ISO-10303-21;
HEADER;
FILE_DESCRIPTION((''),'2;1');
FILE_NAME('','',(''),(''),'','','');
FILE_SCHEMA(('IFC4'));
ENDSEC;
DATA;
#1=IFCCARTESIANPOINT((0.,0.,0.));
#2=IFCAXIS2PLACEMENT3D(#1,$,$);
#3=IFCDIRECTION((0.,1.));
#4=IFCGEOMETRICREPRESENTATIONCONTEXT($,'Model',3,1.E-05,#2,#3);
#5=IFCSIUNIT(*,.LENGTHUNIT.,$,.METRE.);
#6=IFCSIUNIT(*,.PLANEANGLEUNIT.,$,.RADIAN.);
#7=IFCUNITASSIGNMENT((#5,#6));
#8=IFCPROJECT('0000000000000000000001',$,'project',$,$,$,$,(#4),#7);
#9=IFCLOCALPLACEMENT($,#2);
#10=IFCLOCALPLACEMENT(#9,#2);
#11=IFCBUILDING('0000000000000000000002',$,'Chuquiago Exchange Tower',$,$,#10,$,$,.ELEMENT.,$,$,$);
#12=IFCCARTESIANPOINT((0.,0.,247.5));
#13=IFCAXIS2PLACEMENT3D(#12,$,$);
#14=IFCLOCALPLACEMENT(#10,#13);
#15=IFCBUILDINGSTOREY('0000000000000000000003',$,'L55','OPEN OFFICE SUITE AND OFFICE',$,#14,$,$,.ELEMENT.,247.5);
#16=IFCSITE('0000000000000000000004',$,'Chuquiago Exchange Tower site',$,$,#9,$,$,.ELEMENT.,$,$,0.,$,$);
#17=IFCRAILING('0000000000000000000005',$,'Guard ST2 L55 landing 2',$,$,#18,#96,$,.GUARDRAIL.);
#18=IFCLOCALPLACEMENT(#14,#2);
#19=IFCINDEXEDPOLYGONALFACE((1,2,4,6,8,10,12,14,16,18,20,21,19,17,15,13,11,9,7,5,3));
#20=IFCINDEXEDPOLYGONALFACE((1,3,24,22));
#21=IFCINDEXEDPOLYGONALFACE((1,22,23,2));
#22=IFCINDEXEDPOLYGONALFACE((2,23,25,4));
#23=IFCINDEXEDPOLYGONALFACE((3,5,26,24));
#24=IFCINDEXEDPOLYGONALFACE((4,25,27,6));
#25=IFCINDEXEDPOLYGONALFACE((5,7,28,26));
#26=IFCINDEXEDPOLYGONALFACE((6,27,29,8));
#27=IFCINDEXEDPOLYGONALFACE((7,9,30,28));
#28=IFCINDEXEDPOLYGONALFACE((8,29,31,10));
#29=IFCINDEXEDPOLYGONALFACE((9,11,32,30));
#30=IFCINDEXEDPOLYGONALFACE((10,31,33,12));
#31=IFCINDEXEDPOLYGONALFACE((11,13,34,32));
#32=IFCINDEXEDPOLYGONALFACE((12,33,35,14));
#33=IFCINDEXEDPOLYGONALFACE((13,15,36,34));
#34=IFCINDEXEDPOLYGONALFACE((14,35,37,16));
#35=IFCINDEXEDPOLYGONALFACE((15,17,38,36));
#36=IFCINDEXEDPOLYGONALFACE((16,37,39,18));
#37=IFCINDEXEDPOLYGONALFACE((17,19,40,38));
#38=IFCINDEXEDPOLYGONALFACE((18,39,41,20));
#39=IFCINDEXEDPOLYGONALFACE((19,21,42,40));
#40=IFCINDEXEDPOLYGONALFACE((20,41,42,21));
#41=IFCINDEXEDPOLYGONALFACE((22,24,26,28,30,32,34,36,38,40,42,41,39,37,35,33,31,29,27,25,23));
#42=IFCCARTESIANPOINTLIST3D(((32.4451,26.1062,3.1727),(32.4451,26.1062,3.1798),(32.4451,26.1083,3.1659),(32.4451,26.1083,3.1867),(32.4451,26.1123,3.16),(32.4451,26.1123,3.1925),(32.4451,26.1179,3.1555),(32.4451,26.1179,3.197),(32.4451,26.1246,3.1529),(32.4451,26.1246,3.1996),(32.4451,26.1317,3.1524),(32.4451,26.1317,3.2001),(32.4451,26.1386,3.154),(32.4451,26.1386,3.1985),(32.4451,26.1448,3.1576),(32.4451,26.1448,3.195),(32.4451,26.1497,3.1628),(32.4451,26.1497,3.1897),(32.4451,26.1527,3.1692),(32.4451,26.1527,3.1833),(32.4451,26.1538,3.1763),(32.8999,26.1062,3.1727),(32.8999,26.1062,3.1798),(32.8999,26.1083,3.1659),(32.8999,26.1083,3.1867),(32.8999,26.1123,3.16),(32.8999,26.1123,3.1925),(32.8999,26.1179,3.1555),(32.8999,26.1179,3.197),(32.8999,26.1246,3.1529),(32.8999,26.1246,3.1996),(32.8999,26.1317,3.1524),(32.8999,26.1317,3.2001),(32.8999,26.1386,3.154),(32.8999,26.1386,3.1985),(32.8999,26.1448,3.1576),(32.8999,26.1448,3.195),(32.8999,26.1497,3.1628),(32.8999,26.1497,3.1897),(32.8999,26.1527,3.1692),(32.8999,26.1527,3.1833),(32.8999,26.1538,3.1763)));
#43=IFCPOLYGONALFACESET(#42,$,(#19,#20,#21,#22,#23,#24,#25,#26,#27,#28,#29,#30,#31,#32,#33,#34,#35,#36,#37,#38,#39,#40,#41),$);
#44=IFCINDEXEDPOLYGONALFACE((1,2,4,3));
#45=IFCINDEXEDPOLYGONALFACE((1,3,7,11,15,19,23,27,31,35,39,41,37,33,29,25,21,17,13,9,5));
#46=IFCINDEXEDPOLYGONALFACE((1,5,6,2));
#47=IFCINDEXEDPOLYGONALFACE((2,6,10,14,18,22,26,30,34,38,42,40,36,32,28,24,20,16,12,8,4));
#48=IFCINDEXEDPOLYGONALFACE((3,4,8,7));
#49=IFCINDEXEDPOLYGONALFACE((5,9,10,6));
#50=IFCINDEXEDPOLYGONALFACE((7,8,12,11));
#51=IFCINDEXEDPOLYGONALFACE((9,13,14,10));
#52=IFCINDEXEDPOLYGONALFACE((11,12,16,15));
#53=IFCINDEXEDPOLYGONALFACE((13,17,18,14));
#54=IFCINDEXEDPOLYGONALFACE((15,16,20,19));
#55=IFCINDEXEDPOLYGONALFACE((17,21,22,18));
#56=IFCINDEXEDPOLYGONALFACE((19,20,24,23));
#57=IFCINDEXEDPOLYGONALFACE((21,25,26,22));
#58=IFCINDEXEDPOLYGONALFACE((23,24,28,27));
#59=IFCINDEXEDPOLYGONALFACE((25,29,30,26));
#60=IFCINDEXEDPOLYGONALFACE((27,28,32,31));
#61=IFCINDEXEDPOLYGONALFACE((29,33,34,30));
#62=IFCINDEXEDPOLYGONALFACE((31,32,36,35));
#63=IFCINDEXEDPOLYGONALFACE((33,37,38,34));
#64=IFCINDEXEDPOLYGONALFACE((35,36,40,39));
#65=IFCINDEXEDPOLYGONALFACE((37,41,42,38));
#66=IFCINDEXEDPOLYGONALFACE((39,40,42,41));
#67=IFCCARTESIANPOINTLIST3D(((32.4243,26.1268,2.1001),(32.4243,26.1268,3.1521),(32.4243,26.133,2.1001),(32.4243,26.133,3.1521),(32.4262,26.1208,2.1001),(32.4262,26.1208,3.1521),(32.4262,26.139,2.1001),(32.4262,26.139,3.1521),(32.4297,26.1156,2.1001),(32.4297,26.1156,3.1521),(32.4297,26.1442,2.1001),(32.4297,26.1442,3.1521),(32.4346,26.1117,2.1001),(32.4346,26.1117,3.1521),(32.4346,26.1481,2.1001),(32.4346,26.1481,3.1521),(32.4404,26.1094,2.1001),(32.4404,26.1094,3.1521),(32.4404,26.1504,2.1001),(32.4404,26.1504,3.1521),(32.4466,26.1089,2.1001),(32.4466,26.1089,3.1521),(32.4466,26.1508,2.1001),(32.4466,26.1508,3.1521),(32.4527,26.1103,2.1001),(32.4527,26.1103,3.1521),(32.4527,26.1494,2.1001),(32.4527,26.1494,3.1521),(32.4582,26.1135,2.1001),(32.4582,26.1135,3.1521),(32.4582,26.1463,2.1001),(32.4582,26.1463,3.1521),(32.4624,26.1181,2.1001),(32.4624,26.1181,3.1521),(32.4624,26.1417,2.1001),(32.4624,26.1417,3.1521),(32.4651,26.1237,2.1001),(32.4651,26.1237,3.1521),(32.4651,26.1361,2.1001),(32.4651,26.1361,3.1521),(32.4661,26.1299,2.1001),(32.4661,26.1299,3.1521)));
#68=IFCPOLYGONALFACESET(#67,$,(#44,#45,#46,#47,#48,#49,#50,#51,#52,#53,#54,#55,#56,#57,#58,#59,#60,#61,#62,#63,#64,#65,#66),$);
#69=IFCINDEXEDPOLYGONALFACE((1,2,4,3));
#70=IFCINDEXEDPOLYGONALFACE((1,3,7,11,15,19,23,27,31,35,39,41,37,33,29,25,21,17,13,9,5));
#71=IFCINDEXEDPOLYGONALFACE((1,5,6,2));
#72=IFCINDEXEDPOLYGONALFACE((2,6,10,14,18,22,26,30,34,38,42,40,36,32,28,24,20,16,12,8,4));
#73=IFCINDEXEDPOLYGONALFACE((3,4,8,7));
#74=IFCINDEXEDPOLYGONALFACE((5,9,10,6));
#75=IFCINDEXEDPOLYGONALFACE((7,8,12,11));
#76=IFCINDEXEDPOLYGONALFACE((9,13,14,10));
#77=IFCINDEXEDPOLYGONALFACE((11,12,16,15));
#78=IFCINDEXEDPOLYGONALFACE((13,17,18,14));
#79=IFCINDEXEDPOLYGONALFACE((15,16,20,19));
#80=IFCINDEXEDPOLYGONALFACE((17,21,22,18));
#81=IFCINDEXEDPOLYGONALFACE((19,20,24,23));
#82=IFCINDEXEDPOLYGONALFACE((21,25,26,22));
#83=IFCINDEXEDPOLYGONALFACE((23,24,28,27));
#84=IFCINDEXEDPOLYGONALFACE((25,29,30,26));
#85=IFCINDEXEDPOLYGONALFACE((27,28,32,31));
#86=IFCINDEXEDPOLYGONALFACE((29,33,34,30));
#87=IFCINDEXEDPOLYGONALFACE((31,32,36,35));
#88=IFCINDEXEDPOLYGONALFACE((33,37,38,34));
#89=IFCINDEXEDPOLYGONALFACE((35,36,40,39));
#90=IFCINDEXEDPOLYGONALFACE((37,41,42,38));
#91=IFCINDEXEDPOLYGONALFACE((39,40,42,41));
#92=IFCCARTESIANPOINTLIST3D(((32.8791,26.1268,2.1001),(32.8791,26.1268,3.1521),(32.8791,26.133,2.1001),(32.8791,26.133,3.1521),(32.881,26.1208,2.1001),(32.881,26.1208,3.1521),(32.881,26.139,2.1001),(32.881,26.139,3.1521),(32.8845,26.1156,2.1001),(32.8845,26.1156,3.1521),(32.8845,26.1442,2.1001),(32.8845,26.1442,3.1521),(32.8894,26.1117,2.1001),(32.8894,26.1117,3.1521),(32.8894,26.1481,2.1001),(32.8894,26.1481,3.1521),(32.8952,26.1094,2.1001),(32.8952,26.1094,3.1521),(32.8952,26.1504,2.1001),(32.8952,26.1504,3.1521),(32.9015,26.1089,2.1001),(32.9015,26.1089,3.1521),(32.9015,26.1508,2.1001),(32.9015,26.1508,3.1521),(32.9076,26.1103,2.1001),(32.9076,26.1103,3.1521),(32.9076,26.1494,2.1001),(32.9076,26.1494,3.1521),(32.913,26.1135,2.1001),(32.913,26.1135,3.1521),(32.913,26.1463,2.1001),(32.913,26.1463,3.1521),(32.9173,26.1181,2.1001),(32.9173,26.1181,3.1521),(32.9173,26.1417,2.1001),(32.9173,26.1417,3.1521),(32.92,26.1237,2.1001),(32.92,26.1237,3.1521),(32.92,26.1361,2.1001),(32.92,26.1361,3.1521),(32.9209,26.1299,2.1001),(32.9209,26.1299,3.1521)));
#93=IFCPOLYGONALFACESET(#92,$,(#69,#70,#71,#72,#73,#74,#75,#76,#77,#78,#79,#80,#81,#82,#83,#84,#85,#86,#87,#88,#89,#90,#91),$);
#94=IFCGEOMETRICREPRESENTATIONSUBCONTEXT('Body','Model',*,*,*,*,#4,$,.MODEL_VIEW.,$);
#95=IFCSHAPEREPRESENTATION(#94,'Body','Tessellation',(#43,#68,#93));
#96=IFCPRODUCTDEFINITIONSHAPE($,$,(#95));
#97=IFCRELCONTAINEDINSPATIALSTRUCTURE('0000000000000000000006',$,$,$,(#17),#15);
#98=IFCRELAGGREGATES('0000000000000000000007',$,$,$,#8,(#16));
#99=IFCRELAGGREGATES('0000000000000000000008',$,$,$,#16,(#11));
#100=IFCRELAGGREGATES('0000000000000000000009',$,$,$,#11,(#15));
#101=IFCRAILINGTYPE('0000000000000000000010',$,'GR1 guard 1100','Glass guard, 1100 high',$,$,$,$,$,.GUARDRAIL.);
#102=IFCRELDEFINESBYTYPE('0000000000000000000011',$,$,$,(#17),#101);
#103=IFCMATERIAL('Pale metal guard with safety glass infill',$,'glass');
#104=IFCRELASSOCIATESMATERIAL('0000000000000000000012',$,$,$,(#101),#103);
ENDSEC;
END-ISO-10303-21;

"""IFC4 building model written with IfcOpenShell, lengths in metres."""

from ifc_helpers import new_model, si_unit, direction, frame, origin, origin_2d, place, context, subcontext, project, spatial, circle, extrude, material, type_object, element, save


model = new_model("IFC4")

# Units and contexts
model_context = context("Model", 3, precision=1e-05, world=origin(), true_north=direction((0.0, 1.0)))
body_context = subcontext(model_context, "Body", "Model", "MODEL_VIEW")
ifc_project = project(units=[si_unit("LENGTHUNIT", "METRE"), si_unit("PLANEANGLEUNIT", "RADIAN")], contexts=[model_context])

# Site, building, storey
site_placement = place(None, origin())
site = spatial("IfcSite", under=ifc_project, at=site_placement, Name="Chuquiago Exchange Tower site", CompositionType="ELEMENT", RefElevation=0.0)
building_placement = place(site_placement, origin())
building = spatial("IfcBuilding", under=site, at=building_placement, Name="Chuquiago Exchange Tower", CompositionType="ELEMENT")
storey_placement = place(building_placement, frame((0.0, 0.0, 247.5)))
storey = spatial("IfcBuildingStorey", under=building, at=storey_placement, Name="L55", Description="OPEN OFFICE SUITE AND OFFICE", CompositionType="ELEMENT", Elevation=247.5)

# Railing
ifc_material_1 = material(Name="Pale metal guard with safety glass infill", Category="glass")
railing_type_1 = type_object("IfcRailingType", Name="GR1 guard 1100", Description="Glass guard, 1100 high", PredefinedType="GUARDRAIL", material=ifc_material_1)
railing_placement = place(storey_placement, frame((32.4451, 26.1299, 2.1001)))
element("IfcRailing", 1, at=railing_placement, inside=storey, type_object=railing_type_1, Name="Guard ST2 L55 landing 2", PredefinedType="GUARDRAIL", context=body_context, shape_type="SweptSolid", body=[
    extrude(circle(Radius=0.0239, at=origin_2d()), frame((0.0, 0.0, 1.0762), z_axis=(1.0, 0.0, 0.0), x_axis=(0.0, 1.0, 0.0)), (0.0, 0.0, 1.0), 0.4548),
    extrude(circle(Radius=0.021, at=origin_2d()), origin(), (0.0, 0.0, 1.0), 1.052),
    extrude(circle(Radius=0.021, at=origin_2d()), frame((0.4548, 0.0, 0.0)), (0.0, 0.0, 1.0), 1.052),
])

save(model, "model.ifc")
